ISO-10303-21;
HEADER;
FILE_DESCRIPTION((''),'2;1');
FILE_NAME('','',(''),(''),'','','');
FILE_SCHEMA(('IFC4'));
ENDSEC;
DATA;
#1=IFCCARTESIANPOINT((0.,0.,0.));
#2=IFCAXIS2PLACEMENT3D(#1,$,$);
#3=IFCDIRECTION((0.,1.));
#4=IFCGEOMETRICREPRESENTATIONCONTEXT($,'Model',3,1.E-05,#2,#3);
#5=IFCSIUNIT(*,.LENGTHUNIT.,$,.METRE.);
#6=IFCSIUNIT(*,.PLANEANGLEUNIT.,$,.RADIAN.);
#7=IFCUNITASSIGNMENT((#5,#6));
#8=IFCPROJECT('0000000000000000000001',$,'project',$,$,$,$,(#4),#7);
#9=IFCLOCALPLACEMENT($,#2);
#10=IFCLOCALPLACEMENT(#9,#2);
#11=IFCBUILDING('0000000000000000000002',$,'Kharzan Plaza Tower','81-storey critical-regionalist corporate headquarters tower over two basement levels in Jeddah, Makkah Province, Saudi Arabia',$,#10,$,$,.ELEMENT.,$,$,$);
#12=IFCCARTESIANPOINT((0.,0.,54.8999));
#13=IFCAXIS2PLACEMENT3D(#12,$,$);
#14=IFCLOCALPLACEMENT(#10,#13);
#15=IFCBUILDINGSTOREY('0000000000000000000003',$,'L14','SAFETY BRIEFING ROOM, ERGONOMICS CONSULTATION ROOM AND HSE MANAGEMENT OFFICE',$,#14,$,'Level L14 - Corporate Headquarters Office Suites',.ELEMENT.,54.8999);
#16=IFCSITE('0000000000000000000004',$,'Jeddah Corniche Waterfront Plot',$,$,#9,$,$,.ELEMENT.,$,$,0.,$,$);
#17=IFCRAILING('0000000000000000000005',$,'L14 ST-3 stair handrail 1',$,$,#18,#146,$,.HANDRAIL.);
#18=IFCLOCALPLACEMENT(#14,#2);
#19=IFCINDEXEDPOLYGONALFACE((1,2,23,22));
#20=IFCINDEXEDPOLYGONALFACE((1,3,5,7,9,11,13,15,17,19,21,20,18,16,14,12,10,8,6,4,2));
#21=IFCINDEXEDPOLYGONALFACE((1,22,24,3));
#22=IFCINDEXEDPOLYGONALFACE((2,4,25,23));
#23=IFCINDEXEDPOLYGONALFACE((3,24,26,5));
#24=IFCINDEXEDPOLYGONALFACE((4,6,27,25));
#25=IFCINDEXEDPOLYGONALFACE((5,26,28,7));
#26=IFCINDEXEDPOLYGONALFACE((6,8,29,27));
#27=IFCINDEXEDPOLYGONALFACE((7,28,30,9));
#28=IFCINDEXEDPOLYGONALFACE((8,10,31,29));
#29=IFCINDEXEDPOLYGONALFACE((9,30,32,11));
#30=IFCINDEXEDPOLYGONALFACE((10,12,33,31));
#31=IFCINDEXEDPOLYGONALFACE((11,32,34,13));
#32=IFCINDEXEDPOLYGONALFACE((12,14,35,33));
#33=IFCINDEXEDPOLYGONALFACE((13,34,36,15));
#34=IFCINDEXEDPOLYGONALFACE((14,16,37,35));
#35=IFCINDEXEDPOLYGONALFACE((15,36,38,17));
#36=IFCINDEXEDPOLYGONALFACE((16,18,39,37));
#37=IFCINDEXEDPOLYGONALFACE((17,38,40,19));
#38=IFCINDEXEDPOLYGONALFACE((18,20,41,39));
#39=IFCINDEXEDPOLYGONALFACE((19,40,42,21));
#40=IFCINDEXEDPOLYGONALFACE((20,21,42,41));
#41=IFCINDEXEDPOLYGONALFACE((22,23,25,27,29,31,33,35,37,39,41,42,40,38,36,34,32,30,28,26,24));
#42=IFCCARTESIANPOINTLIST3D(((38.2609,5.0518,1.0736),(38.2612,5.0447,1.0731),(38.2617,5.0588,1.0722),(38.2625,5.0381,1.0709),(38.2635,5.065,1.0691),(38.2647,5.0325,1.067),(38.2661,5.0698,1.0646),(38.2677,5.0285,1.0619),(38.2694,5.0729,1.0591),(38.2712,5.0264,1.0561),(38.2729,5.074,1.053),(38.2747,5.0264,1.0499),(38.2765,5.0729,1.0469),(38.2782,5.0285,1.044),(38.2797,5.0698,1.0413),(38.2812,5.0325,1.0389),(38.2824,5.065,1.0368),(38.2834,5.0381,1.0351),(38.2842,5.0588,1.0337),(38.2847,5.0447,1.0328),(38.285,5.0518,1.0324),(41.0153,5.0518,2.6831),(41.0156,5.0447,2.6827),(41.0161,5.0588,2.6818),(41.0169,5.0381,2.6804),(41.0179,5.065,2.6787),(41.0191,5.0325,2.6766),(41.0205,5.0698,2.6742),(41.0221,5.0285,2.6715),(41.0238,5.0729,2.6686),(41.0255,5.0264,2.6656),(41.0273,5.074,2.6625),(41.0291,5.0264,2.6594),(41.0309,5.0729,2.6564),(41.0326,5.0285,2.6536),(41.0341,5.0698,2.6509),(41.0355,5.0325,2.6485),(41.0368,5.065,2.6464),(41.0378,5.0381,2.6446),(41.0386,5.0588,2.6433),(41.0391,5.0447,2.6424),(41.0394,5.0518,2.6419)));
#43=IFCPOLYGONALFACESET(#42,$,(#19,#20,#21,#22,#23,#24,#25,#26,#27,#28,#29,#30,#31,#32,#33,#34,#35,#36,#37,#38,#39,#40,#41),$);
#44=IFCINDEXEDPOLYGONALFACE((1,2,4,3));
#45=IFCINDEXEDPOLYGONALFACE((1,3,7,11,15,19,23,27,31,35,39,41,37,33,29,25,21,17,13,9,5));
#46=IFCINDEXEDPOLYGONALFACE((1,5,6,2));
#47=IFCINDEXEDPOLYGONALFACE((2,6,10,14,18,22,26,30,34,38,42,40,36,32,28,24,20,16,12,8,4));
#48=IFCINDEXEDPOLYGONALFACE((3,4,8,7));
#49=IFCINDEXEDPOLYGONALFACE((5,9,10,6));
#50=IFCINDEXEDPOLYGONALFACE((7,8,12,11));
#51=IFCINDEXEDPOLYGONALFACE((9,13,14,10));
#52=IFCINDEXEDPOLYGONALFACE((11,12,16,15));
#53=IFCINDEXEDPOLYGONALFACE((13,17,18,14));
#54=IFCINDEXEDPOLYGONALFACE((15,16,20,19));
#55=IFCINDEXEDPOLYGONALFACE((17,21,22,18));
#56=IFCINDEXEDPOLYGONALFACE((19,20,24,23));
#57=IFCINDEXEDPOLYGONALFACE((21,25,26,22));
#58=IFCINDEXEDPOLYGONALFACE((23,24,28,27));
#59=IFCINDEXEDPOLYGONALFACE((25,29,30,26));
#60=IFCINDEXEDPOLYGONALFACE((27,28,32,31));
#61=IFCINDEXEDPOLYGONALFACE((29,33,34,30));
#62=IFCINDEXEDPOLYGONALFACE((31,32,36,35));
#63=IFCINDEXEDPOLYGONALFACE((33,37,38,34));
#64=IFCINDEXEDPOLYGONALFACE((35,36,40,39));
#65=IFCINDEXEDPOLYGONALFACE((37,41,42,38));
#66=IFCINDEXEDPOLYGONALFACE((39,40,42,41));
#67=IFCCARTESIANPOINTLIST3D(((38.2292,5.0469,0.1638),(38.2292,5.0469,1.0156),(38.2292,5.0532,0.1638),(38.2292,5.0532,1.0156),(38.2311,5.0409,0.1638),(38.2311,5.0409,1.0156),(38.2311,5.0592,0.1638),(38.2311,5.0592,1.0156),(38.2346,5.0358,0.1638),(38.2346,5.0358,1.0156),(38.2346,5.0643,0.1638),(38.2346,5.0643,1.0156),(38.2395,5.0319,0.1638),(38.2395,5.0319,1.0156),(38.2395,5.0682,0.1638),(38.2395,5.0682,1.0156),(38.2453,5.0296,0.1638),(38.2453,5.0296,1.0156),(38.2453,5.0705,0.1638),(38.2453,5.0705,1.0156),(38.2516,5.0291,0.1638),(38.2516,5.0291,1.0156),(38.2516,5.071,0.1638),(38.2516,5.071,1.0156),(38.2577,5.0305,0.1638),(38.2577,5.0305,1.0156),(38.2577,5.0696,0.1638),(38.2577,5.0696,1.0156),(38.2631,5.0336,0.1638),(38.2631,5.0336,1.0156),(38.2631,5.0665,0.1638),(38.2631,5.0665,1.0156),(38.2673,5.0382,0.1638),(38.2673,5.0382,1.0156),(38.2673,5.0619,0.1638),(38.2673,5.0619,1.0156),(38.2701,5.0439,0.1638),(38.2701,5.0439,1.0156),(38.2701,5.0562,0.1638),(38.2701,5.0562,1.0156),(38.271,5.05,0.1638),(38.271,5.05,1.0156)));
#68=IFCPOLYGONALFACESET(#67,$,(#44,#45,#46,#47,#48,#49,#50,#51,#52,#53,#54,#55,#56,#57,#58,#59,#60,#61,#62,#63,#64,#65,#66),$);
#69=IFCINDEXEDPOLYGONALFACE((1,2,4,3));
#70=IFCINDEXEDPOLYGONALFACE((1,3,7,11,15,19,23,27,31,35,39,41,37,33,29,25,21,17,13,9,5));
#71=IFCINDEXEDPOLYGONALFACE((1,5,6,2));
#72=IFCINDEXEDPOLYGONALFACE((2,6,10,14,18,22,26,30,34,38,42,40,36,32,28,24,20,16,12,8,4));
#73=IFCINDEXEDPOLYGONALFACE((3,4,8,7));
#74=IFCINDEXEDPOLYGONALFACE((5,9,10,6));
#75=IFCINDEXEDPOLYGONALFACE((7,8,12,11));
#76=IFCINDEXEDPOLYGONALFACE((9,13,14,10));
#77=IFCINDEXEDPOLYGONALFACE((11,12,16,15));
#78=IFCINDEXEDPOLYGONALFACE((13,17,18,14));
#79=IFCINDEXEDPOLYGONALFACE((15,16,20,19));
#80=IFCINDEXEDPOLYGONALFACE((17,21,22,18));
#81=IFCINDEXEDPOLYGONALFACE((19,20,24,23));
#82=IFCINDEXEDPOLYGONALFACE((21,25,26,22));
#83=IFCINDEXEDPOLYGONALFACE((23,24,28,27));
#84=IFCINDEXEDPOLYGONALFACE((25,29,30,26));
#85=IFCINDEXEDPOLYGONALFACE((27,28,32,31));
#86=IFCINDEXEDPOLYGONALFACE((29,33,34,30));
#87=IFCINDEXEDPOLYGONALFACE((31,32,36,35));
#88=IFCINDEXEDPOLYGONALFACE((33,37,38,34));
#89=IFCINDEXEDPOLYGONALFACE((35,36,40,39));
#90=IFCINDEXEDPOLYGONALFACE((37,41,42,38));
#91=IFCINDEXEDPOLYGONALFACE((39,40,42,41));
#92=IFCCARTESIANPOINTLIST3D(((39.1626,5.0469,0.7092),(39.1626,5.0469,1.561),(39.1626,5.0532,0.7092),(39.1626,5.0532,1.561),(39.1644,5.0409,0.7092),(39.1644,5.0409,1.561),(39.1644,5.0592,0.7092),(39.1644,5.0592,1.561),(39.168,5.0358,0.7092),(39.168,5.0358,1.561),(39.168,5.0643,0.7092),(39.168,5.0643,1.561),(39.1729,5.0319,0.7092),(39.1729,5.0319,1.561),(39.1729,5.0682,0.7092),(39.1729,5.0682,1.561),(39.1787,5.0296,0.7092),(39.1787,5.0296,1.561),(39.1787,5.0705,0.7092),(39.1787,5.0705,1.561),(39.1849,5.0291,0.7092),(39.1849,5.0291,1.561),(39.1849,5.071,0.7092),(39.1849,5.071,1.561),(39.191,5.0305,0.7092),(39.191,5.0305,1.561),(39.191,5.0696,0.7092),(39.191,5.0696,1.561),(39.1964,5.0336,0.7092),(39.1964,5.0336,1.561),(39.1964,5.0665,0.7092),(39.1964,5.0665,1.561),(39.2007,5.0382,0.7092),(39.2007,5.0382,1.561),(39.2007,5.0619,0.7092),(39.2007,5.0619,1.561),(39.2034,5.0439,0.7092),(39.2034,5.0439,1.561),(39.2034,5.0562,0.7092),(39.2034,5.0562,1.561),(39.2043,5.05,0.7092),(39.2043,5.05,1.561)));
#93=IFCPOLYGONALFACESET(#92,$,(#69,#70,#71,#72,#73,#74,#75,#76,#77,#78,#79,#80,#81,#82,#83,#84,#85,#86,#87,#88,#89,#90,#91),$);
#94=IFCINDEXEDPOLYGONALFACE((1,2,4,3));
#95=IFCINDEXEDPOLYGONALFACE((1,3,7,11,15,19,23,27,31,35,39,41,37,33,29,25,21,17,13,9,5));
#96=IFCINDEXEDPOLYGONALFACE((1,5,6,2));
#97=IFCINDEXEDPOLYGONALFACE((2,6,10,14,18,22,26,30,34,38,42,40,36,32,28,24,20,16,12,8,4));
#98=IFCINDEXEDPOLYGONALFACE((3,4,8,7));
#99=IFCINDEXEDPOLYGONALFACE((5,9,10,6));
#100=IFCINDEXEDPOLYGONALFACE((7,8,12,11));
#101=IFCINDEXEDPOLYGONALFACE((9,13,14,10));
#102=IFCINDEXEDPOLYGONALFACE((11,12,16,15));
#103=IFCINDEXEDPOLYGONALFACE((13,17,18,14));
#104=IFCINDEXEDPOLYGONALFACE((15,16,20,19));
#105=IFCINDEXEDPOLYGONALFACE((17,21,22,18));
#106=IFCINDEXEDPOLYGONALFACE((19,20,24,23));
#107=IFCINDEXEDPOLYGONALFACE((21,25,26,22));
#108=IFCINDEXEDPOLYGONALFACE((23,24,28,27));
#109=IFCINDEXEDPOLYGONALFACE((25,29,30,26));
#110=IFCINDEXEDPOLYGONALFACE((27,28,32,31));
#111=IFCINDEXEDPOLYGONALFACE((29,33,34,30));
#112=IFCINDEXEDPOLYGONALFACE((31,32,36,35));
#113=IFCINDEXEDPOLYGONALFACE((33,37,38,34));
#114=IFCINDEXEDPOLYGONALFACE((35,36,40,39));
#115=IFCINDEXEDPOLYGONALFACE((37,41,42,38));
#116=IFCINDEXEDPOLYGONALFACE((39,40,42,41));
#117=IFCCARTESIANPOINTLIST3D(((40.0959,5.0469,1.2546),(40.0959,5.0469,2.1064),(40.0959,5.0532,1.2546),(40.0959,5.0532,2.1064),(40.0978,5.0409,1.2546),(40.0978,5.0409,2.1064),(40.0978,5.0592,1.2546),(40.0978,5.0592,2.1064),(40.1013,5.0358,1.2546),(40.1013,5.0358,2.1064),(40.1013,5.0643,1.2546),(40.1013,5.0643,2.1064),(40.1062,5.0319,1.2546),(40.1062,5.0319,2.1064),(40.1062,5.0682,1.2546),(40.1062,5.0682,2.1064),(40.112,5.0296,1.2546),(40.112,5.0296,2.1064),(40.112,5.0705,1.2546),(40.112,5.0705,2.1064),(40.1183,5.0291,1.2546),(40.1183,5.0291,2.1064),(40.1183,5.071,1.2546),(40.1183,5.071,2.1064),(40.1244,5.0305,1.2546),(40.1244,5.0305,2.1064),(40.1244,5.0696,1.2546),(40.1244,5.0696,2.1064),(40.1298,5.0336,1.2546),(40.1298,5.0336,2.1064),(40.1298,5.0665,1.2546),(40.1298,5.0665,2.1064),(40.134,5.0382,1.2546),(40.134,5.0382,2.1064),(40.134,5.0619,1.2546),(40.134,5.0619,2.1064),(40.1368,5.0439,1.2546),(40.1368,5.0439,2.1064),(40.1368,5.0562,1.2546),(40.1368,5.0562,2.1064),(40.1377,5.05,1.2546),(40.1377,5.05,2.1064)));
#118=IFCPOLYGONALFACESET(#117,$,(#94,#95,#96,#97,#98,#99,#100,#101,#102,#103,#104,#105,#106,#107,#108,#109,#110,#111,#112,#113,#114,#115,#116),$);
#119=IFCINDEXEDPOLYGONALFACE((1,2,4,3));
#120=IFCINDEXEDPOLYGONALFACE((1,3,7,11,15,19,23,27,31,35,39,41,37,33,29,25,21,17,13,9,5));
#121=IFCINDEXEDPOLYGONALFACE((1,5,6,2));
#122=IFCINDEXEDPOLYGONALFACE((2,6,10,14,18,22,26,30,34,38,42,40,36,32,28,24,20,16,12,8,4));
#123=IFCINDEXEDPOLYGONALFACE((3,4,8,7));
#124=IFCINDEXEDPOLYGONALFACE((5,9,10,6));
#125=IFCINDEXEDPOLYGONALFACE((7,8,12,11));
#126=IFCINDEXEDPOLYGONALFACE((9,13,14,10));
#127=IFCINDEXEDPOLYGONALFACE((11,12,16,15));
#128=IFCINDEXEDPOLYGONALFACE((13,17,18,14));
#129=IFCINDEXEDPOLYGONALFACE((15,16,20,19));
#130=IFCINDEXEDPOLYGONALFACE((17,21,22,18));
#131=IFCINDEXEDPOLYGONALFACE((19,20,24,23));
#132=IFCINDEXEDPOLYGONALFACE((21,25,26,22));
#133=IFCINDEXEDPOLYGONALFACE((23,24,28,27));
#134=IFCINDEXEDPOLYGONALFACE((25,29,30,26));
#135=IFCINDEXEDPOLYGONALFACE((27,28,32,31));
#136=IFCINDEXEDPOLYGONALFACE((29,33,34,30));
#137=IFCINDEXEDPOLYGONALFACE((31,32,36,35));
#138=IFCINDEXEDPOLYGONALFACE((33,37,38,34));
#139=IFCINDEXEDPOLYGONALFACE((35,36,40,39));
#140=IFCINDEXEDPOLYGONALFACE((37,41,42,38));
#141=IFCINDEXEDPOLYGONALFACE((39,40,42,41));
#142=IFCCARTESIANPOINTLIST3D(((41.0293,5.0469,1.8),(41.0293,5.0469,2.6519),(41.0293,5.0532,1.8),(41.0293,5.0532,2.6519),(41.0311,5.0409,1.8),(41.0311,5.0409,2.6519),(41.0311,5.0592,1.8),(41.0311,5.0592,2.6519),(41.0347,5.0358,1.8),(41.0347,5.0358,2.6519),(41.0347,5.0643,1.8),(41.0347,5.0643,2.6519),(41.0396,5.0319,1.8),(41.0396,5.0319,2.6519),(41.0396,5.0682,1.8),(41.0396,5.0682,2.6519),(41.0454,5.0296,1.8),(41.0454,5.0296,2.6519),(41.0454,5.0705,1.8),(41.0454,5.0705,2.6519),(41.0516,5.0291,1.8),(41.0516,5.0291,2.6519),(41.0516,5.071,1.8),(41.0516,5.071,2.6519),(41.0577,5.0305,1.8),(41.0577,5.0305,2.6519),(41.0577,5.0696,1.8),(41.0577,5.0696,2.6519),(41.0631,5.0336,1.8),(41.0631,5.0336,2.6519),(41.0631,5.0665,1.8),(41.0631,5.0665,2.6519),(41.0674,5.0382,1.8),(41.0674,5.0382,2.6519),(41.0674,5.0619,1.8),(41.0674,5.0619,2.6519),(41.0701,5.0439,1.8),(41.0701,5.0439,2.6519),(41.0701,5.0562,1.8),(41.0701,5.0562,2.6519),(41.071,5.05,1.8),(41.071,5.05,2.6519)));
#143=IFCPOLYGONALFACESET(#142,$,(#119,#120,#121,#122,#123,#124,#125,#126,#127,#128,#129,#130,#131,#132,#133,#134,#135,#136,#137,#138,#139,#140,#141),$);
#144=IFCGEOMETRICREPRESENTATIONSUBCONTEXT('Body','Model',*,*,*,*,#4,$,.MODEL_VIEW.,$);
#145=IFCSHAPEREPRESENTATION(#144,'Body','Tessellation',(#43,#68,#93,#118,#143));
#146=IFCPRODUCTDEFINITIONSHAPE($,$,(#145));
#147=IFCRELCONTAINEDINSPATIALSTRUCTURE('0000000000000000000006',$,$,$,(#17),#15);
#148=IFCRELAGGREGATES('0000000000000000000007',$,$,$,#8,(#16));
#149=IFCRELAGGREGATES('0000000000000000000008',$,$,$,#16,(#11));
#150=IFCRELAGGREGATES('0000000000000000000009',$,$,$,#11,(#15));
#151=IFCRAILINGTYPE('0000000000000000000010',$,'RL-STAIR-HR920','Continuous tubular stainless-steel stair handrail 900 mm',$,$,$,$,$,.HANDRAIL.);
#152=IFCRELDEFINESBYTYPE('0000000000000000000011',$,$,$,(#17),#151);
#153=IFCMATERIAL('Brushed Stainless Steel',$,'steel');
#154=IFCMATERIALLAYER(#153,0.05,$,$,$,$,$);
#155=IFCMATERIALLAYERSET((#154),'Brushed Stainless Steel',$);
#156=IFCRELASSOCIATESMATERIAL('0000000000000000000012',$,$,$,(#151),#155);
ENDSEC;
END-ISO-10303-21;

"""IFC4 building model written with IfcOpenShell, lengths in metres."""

from ifc_helpers import new_model, si_unit, direction, frame, origin, origin_2d, place, context, subcontext, project, spatial, circle, extrude, source, transform, mapped, material, layer, layer_set, type_object, element, save


model = new_model("IFC4")

# Units and contexts
model_context = context("Model", 3, precision=1e-05, world=origin(), true_north=direction((0.0, 1.0)))
body_context = subcontext(model_context, "Body", "Model", "MODEL_VIEW")
ifc_project = project(units=[si_unit("LENGTHUNIT", "METRE"), si_unit("PLANEANGLEUNIT", "RADIAN")], contexts=[model_context])

# Site, building, storey
site_placement = place(None, origin())
site = spatial("IfcSite", under=ifc_project, at=site_placement, Name="Jeddah Corniche Waterfront Plot", CompositionType="ELEMENT", RefElevation=0.0)
building_placement = place(site_placement, origin())
building = spatial("IfcBuilding", under=site, at=building_placement, Name="Kharzan Plaza Tower", Description="81-storey critical-regionalist corporate headquarters tower over two basement levels in Jeddah, Makkah Province, Saudi Arabia", CompositionType="ELEMENT")
storey_placement = place(building_placement, frame((0.0, 0.0, 54.8999)))
storey = spatial("IfcBuildingStorey", under=building, at=storey_placement, Name="L14", Description="SAFETY BRIEFING ROOM, ERGONOMICS CONSULTATION ROOM AND HSE MANAGEMENT OFFICE", LongName="Level L14 - Corporate Headquarters Office Suites", CompositionType="ELEMENT", Elevation=54.8999)

# Shared definitions
ifc_material_1 = material(Name="Brushed Stainless Steel", Category="steel")

# Railing
ifc_layer_1 = layer(ifc_material_1, 0.05)
ifc_layer_set_1 = layer_set([ifc_layer_1], Name="Brushed Stainless Steel")
railing_type_1 = type_object("IfcRailingType", Name="RL-STAIR-HR920", Description="Continuous tubular stainless-steel stair handrail 900 mm", PredefinedType="HANDRAIL", material=ifc_layer_set_1)
shared_shape_1 = source(origin(), body_context, "Body", "SweptSolid", [
    extrude(circle(Radius=0.0239, at=origin_2d()), frame((0.0229, 0.0, 0.8892), z_axis=(0.863394, 0.0, 0.504531), x_axis=(0.0, 1.0, 0.0)), (0.0, 0.0, 1.0), 3.1902),
    extrude(circle(Radius=0.021, at=origin_2d()), origin(), (0.0, 0.0, 1.0), 0.8518),
    extrude(circle(Radius=0.021, at=origin_2d()), frame((0.9333, 0.0, 0.5454)), (0.0, 0.0, 1.0), 0.8518),
    extrude(circle(Radius=0.021, at=origin_2d()), frame((1.8667, 0.0, 1.0908)), (0.0, 0.0, 1.0), 0.8518),
    extrude(circle(Radius=0.021, at=origin_2d()), frame((2.8, 0.0, 1.6362)), (0.0, 0.0, 1.0), 0.8518),
])
railing_1_placement = place(storey_placement, frame((38.25, 5.05, 0.1638)))
element("IfcRailing", 1, at=railing_1_placement, inside=storey, type_object=railing_type_1, Name="L14 ST-3 stair handrail 1", PredefinedType="HANDRAIL", context=body_context, shape_type="MappedRepresentation", body=[
    mapped(shared_shape_1, transform((0.0, 0.0, 0.0), x_axis=(1.0, 0.0, 0.0), y_axis=(0.0, 1.0, 0.0), z_axis=(0.0, 0.0, 1.0))),
])

save(model, "model.ifc")
